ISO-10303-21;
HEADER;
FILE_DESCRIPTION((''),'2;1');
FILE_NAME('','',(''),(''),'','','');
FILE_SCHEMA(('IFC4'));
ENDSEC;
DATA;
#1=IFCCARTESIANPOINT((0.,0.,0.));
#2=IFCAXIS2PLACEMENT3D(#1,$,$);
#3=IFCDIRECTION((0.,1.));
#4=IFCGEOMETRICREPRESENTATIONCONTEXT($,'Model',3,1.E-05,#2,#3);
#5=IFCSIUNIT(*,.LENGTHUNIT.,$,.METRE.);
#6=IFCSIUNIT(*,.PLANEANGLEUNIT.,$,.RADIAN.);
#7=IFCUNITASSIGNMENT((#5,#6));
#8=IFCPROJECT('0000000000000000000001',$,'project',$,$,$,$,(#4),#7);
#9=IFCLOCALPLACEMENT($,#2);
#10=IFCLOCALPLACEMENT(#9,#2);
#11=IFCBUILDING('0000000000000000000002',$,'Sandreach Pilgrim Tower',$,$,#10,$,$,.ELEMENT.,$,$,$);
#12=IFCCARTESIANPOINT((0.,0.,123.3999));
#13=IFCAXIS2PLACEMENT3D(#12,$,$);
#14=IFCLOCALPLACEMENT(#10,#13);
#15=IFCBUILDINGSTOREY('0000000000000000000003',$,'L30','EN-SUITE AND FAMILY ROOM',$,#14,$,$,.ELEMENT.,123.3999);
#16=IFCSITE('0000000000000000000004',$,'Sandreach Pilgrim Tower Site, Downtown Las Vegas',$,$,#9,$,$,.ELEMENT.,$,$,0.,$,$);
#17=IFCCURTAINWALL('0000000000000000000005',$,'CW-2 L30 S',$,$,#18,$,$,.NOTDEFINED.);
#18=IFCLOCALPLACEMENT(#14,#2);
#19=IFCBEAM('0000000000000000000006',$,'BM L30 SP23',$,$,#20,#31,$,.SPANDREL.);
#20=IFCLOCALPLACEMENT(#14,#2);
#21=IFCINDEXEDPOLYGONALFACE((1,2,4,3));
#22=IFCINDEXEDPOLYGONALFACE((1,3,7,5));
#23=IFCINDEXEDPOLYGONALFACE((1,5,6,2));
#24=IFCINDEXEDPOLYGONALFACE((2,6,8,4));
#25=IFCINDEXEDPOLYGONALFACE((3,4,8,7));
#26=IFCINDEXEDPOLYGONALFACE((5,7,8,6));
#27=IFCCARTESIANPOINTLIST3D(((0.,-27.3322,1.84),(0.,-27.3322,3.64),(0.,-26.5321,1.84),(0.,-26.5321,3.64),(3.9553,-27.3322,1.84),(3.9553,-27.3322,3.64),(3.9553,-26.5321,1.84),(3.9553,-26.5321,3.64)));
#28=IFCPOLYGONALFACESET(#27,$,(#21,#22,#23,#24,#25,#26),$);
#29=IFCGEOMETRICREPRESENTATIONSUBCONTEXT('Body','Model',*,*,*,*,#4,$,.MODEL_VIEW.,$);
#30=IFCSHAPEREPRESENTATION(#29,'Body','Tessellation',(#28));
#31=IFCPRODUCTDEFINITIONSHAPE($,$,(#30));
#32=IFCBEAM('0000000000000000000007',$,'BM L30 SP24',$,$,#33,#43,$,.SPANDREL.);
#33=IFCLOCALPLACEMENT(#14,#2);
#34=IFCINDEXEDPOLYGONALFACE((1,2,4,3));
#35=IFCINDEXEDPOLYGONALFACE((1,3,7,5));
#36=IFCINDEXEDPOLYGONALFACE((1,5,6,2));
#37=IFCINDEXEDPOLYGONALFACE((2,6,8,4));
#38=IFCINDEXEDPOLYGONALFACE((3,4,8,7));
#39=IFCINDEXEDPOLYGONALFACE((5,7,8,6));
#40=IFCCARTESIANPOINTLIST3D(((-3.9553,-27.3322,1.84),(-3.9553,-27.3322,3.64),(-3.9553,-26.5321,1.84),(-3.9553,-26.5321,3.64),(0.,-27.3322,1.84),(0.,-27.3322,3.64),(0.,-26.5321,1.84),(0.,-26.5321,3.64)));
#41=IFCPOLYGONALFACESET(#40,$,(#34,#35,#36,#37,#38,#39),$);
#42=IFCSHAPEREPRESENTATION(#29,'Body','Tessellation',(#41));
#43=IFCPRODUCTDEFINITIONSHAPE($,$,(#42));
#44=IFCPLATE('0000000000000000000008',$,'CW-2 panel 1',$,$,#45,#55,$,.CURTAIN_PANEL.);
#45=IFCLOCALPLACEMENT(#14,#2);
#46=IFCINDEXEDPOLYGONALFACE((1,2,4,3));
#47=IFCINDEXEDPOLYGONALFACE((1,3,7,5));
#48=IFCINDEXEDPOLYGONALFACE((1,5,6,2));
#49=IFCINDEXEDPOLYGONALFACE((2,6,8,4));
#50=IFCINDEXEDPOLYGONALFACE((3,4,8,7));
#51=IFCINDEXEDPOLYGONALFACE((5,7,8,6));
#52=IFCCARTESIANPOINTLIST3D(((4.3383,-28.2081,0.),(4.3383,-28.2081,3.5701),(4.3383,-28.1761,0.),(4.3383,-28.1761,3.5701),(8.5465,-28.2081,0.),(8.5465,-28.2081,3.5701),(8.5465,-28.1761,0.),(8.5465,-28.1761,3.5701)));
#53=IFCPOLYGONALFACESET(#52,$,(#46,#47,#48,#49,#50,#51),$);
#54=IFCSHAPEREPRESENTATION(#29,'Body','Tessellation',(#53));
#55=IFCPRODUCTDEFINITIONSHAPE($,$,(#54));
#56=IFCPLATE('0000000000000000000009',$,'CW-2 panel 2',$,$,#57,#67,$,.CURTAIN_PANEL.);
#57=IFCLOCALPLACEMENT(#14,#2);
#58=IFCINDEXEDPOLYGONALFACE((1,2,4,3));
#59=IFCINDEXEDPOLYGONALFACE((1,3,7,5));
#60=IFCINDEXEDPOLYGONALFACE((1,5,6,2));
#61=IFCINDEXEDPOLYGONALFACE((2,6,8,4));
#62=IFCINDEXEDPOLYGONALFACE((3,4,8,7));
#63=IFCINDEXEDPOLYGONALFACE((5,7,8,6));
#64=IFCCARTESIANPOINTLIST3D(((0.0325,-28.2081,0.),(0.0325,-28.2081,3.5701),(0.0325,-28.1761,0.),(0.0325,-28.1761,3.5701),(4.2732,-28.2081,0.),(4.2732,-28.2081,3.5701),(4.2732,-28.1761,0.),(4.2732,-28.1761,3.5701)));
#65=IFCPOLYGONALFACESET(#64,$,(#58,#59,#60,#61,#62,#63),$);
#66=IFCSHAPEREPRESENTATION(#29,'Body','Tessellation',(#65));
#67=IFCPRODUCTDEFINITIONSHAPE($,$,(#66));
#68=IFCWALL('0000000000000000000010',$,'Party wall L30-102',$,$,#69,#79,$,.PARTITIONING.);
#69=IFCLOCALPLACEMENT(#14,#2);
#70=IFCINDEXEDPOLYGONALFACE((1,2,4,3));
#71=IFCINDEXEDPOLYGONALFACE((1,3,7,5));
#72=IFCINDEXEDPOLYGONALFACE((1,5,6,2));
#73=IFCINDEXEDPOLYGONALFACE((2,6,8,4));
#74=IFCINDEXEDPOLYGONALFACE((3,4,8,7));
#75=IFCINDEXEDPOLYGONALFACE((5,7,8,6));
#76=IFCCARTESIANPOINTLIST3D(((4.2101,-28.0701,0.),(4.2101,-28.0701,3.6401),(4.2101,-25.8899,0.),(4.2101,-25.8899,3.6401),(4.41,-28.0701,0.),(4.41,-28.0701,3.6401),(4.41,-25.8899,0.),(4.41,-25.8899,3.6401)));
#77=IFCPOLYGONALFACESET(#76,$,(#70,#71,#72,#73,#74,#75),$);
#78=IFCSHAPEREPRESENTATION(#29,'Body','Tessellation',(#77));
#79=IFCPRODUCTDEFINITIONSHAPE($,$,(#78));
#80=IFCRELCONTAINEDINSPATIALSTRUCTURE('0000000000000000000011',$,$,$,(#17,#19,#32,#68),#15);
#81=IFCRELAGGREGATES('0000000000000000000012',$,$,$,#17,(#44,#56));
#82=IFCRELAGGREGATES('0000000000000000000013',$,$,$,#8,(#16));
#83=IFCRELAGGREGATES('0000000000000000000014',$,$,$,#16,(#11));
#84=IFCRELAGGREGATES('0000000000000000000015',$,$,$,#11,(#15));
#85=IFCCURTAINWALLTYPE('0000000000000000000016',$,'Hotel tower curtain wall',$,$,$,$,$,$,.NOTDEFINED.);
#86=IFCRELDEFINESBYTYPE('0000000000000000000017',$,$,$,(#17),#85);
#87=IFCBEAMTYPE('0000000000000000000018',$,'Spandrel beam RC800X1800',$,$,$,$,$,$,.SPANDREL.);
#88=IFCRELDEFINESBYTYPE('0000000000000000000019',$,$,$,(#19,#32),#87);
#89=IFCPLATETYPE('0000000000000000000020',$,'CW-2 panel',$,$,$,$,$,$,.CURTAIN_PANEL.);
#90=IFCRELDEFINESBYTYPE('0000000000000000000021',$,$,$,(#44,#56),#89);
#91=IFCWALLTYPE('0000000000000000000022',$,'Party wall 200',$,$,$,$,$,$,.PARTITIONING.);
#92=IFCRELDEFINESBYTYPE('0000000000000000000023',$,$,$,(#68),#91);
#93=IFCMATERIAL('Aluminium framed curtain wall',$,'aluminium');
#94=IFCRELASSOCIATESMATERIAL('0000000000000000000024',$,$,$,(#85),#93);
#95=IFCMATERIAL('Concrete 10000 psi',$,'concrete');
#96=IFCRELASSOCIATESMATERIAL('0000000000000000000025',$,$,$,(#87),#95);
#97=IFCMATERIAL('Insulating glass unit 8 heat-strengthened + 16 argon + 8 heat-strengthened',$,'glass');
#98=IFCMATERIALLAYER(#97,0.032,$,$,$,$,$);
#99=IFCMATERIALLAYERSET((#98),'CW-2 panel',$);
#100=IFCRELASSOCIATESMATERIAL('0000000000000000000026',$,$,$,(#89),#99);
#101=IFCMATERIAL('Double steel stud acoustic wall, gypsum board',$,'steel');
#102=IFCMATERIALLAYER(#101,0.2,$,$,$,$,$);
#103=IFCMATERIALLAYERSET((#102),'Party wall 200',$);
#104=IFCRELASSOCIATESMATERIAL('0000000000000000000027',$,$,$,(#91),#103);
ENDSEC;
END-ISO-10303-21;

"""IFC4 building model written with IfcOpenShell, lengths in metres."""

from ifc_helpers import new_model, si_unit, direction, frame, frame_2d, origin, origin_2d, place, context, subcontext, project, spatial, rectangle, extrude, material, layer, layer_set, material_profile, profile_set, type_object, element, aggregate, save


model = new_model("IFC4")

# Units and contexts
model_context = context("Model", 3, precision=1e-05, world=origin(), true_north=direction((0.0, 1.0)))
body_context = subcontext(model_context, "Body", "Model", "MODEL_VIEW")
ifc_project = project(units=[si_unit("LENGTHUNIT", "METRE"), si_unit("PLANEANGLEUNIT", "RADIAN")], contexts=[model_context])

# Site, building, storey
site_placement = place(None, origin())
site = spatial("IfcSite", under=ifc_project, at=site_placement, Name="Sandreach Pilgrim Tower Site, Downtown Las Vegas", CompositionType="ELEMENT", RefElevation=0.0)
building_placement = place(site_placement, origin())
building = spatial("IfcBuilding", under=site, at=building_placement, Name="Sandreach Pilgrim Tower", CompositionType="ELEMENT")
storey_placement = place(building_placement, frame((0.0, 0.0, 123.3999)))
storey = spatial("IfcBuildingStorey", under=building, at=storey_placement, Name="L30", Description="EN-SUITE AND FAMILY ROOM", CompositionType="ELEMENT", Elevation=123.3999)

# Curtain wall
ifc_material_1 = material(Name="Aluminium framed curtain wall", Category="aluminium")
curtain_wall_type = type_object("IfcCurtainWallType", Name="Hotel tower curtain wall", PredefinedType="NOTDEFINED", material=ifc_material_1)
curtain_wall_placement = place(storey_placement, origin())
curtain_wall = element("IfcCurtainWall", 1, at=curtain_wall_placement, inside=storey, type_object=curtain_wall_type, Name="CW-2 L30 S", PredefinedType="NOTDEFINED")

# Beams
ifc_material_2 = material(Name="Concrete 10000 psi", Category="concrete")
ifc_material_profile_1 = material_profile(ifc_material_2, rectangle(XDim=0.8, YDim=1.8, at=origin_2d()), Name="RC800X1800")
ifc_profile_set_1 = profile_set([ifc_material_profile_1], Name="Concrete 10000 psi")
beam_type_1 = type_object("IfcBeamType", Name="Spandrel beam RC800X1800", PredefinedType="SPANDREL", material=ifc_profile_set_1)
for number, where, z_axis, x_axis, name in (
    (2, (3.9553, -26.9321, 2.74), (-1.0, 0.0, 0.0), (0.0, -1.0, 0.0), "BM L30 SP23"),
    (3, (0.0, -26.9321, 2.74), (-1.0, 0.0, 0.0), (0.0, -1.0, 0.0), "BM L30 SP24"),
):
    element("IfcBeam", number, at=place(storey_placement, frame(where, z_axis=z_axis, x_axis=x_axis)), inside=storey, type_object=beam_type_1, Name=name, PredefinedType="SPANDREL", context=body_context, shape_type="SweptSolid", body=[
        extrude(rectangle(XDim=0.8, YDim=1.8, at=origin_2d()), origin(), (0.0, 0.0, 1.0), 3.9553),
    ])

# Plates
ifc_material_3 = material(Name="Insulating glass unit 8 heat-strengthened + 16 argon + 8 heat-strengthened", Category="glass")
ifc_layer_1 = layer(ifc_material_3, 0.032)
ifc_layer_set_1 = layer_set([ifc_layer_1], Name="CW-2 panel")
plate_type = type_object("IfcPlateType", Name="CW-2 panel", PredefinedType="CURTAIN_PANEL", material=ifc_layer_set_1)
plate_1_placement = place(storey_placement, frame((6.4424, -28.1921, 0.0), z_axis=(0.0, 0.0, 1.0), x_axis=(-1.0, 0.0, 0.0)))
plate_1 = element("IfcPlate", 4, at=plate_1_placement, type_object=plate_type, Name="CW-2 panel 1", PredefinedType="CURTAIN_PANEL", context=body_context, shape_type="SweptSolid", body=[
    extrude(rectangle(XDim=4.2083, YDim=0.032, at=origin_2d()), origin(), (0.0, 0.0, 1.0), 3.5701),
])
plate_2_placement = place(storey_placement, frame((2.1528, -28.1921, 0.0), z_axis=(0.0, 0.0, 1.0), x_axis=(-1.0, 0.0, 0.0)))
plate_2 = element("IfcPlate", 5, at=plate_2_placement, type_object=plate_type, Name="CW-2 panel 2", PredefinedType="CURTAIN_PANEL", context=body_context, shape_type="SweptSolid", body=[
    extrude(rectangle(XDim=4.2407, YDim=0.032, at=origin_2d()), origin(), (0.0, 0.0, 1.0), 3.5701),
])
aggregate(curtain_wall, [plate_1, plate_2])

# Wall
ifc_material_4 = material(Name="Double steel stud acoustic wall, gypsum board", Category="steel")
ifc_layer_2 = layer(ifc_material_4, 0.2)
ifc_layer_set_2 = layer_set([ifc_layer_2], Name="Party wall 200")
wall_type = type_object("IfcWallType", Name="Party wall 200", PredefinedType="PARTITIONING", material=ifc_layer_set_2)
wall_placement = place(storey_placement, frame((4.3101, -28.0701, 0.0), z_axis=(0.0, 0.0, 1.0), x_axis=(0.0, 1.0, 0.0)))
element("IfcWall", 6, at=wall_placement, inside=storey, type_object=wall_type, Name="Party wall L30-102", PredefinedType="PARTITIONING", context=body_context, shape_type="SweptSolid", body=[
    extrude(rectangle(XDim=2.1802, YDim=0.2, at=frame_2d((1.0901, 0.0))), origin(), (0.0, 0.0, 1.0), 3.6401),
])

save(model, "model.ifc")
